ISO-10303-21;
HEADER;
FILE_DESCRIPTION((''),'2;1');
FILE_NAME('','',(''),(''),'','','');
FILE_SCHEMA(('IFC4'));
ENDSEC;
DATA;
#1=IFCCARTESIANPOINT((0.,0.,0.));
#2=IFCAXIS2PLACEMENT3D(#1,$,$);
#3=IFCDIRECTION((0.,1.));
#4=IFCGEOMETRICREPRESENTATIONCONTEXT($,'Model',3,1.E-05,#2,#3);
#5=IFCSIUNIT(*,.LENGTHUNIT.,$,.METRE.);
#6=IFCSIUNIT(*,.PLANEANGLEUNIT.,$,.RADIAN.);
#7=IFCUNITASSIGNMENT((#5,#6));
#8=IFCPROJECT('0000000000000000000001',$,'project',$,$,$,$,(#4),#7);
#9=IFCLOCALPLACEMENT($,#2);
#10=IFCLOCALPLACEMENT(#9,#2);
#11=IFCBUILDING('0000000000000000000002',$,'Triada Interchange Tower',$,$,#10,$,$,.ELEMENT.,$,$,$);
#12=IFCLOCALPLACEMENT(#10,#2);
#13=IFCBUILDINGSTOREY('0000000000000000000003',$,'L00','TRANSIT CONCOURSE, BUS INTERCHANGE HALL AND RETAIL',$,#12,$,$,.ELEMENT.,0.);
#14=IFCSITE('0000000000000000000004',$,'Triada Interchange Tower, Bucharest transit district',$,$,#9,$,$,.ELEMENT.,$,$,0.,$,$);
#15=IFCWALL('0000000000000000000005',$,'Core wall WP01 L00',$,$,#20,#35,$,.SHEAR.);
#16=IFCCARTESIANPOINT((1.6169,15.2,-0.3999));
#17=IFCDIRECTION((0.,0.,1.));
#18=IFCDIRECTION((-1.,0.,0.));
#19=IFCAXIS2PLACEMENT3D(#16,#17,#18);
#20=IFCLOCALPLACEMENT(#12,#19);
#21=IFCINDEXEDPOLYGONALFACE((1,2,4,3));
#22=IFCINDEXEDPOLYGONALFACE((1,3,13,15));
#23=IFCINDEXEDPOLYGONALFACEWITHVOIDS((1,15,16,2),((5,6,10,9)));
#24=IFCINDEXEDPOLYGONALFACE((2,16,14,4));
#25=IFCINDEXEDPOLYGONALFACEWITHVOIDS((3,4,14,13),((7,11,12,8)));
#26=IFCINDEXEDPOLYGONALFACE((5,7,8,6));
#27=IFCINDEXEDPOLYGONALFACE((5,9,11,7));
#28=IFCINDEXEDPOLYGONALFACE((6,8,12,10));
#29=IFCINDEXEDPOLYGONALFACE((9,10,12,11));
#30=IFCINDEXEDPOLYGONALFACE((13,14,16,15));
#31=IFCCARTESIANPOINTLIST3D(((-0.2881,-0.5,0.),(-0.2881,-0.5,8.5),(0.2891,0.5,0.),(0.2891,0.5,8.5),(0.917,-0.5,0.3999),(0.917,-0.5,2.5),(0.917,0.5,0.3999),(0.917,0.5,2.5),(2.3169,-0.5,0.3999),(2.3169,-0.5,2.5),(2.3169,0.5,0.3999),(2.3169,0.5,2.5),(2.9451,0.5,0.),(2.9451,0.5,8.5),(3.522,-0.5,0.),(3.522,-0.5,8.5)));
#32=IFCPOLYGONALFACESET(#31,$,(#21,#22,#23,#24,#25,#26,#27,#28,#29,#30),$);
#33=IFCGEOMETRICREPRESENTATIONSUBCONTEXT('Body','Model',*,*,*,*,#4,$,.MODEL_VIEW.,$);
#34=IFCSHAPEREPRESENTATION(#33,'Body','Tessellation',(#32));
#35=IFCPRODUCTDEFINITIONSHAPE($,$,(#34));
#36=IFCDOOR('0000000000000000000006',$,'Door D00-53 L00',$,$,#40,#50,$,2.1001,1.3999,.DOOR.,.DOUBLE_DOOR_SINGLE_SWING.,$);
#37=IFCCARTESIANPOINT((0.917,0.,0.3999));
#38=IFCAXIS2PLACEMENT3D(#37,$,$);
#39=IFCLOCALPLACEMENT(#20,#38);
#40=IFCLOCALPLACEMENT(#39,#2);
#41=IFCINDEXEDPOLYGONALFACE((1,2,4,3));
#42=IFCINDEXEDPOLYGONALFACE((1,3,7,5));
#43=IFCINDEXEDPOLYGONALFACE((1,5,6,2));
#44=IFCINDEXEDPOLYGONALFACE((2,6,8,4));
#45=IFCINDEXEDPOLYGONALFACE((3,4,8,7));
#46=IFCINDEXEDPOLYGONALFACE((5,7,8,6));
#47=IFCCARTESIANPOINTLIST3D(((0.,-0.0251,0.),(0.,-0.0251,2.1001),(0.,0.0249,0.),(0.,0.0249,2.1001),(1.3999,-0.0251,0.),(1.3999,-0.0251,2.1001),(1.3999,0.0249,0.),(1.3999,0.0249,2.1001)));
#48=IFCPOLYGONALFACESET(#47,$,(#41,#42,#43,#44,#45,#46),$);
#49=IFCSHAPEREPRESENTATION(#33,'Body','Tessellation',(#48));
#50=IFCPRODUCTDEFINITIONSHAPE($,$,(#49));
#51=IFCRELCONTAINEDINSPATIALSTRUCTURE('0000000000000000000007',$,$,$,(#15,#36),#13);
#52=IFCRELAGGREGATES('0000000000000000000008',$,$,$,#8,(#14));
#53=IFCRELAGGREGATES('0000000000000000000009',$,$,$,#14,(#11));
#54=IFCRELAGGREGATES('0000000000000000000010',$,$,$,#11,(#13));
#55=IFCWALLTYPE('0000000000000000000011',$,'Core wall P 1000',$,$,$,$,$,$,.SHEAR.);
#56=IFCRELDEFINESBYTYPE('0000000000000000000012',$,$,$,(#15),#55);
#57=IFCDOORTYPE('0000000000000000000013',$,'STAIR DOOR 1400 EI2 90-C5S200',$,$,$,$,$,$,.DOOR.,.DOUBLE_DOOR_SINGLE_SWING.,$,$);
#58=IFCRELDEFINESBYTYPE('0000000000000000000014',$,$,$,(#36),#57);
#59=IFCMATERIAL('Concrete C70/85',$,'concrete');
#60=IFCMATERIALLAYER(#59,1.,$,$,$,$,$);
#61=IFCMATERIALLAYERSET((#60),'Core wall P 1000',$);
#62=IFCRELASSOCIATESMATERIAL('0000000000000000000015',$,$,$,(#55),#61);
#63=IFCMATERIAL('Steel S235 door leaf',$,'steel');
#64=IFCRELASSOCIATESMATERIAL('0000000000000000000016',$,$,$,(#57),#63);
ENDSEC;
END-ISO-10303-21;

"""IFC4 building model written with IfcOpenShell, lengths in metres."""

from ifc_helpers import new_model, si_unit, direction, frame, frame_2d, origin, place, context, subcontext, project, spatial, polyline, rectangle, outline, extrude, material, layer, layer_set, type_object, element, fill, save


model = new_model("IFC4")

# Units and contexts
model_context = context("Model", 3, precision=1e-05, world=origin(), true_north=direction((0.0, 1.0)))
body_context = subcontext(model_context, "Body", "Model", "MODEL_VIEW")
ifc_project = project(units=[si_unit("LENGTHUNIT", "METRE"), si_unit("PLANEANGLEUNIT", "RADIAN")], contexts=[model_context])

# Site, building, storey
site_placement = place(None, origin())
site = spatial("IfcSite", under=ifc_project, at=site_placement, Name="Triada Interchange Tower, Bucharest transit district", CompositionType="ELEMENT", RefElevation=0.0)
building_placement = place(site_placement, origin())
building = spatial("IfcBuilding", under=site, at=building_placement, Name="Triada Interchange Tower", CompositionType="ELEMENT")
storey_placement = place(building_placement, origin())
storey = spatial("IfcBuildingStorey", under=building, at=storey_placement, Name="L00", Description="TRANSIT CONCOURSE, BUS INTERCHANGE HALL AND RETAIL", CompositionType="ELEMENT", Elevation=0.0)

# Shared definitions
ifc_material_1 = material(Name="Concrete C70/85", Category="concrete")

# Wall, opening, door
ifc_layer_1 = layer(ifc_material_1, 1.0)
ifc_layer_set_1 = layer_set([ifc_layer_1], Name="Core wall P 1000")
wall_type_1 = type_object("IfcWallType", Name="Core wall P 1000", PredefinedType="SHEAR", material=ifc_layer_set_1)
wall_1_placement = place(storey_placement, frame((1.6169, 15.2, -0.3999), z_axis=(0.0, 0.0, 1.0), x_axis=(-1.0, 0.0, 0.0)))
wall_1 = element("IfcWall", 1, at=wall_1_placement, inside=storey, type_object=wall_type_1, Name="Core wall WP01 L00", PredefinedType="SHEAR", context=body_context, shape_type="SweptSolid", body=[
    extrude(outline(polyline([(-0.2881, -0.5), (1.6169, -0.5), (3.522, -0.5), (2.9451, 0.5), (1.6172, 0.5), (0.2891, 0.5), (-0.2881, -0.5)])), origin(), (0.0, 0.0, 1.0), 8.5),
])
opening_1_placement = place(wall_1_placement, frame((0.917, 0.0, 0.3999)))
opening_1 = element("IfcOpeningElement", 2, at=opening_1_placement, cuts=wall_1, PredefinedType="OPENING", context=body_context, shape_type="SweptSolid", body=[
    extrude(rectangle(XDim=1.3999, YDim=2.1001, at=frame_2d((0.7, 1.05))), frame((0.0, 0.51, 0.0), z_axis=(0.0, -1.0, 0.0), x_axis=(1.0, 0.0, 0.0)), (0.0, 0.0, 1.0), 1.02),
])
ifc_material_2 = material(Name="Steel S235 door leaf", Category="steel")
door_type_1 = type_object("IfcDoorType", Name="STAIR DOOR 1400 EI2 90-C5S200", OperationType="DOUBLE_DOOR_SINGLE_SWING", PredefinedType="DOOR", material=ifc_material_2)
door_1_placement = place(opening_1_placement, origin())
door_1 = element("IfcDoor", 3, at=door_1_placement, inside=storey, type_object=door_type_1, Name="Door D00-53 L00", OperationType="DOUBLE_DOOR_SINGLE_SWING", OverallHeight=2.1001, OverallWidth=1.3999, PredefinedType="DOOR", context=body_context, shape_type="SweptSolid", body=[
    extrude(rectangle(XDim=1.3999, YDim=2.1001, at=frame_2d((0.7, 1.05))), frame((0.0, 0.0249, 0.0), z_axis=(0.0, -1.0, 0.0), x_axis=(1.0, 0.0, 0.0)), (0.0, 0.0, 1.0), 0.05),
])
fill(opening_1, door_1)

save(model, "model.ifc")
